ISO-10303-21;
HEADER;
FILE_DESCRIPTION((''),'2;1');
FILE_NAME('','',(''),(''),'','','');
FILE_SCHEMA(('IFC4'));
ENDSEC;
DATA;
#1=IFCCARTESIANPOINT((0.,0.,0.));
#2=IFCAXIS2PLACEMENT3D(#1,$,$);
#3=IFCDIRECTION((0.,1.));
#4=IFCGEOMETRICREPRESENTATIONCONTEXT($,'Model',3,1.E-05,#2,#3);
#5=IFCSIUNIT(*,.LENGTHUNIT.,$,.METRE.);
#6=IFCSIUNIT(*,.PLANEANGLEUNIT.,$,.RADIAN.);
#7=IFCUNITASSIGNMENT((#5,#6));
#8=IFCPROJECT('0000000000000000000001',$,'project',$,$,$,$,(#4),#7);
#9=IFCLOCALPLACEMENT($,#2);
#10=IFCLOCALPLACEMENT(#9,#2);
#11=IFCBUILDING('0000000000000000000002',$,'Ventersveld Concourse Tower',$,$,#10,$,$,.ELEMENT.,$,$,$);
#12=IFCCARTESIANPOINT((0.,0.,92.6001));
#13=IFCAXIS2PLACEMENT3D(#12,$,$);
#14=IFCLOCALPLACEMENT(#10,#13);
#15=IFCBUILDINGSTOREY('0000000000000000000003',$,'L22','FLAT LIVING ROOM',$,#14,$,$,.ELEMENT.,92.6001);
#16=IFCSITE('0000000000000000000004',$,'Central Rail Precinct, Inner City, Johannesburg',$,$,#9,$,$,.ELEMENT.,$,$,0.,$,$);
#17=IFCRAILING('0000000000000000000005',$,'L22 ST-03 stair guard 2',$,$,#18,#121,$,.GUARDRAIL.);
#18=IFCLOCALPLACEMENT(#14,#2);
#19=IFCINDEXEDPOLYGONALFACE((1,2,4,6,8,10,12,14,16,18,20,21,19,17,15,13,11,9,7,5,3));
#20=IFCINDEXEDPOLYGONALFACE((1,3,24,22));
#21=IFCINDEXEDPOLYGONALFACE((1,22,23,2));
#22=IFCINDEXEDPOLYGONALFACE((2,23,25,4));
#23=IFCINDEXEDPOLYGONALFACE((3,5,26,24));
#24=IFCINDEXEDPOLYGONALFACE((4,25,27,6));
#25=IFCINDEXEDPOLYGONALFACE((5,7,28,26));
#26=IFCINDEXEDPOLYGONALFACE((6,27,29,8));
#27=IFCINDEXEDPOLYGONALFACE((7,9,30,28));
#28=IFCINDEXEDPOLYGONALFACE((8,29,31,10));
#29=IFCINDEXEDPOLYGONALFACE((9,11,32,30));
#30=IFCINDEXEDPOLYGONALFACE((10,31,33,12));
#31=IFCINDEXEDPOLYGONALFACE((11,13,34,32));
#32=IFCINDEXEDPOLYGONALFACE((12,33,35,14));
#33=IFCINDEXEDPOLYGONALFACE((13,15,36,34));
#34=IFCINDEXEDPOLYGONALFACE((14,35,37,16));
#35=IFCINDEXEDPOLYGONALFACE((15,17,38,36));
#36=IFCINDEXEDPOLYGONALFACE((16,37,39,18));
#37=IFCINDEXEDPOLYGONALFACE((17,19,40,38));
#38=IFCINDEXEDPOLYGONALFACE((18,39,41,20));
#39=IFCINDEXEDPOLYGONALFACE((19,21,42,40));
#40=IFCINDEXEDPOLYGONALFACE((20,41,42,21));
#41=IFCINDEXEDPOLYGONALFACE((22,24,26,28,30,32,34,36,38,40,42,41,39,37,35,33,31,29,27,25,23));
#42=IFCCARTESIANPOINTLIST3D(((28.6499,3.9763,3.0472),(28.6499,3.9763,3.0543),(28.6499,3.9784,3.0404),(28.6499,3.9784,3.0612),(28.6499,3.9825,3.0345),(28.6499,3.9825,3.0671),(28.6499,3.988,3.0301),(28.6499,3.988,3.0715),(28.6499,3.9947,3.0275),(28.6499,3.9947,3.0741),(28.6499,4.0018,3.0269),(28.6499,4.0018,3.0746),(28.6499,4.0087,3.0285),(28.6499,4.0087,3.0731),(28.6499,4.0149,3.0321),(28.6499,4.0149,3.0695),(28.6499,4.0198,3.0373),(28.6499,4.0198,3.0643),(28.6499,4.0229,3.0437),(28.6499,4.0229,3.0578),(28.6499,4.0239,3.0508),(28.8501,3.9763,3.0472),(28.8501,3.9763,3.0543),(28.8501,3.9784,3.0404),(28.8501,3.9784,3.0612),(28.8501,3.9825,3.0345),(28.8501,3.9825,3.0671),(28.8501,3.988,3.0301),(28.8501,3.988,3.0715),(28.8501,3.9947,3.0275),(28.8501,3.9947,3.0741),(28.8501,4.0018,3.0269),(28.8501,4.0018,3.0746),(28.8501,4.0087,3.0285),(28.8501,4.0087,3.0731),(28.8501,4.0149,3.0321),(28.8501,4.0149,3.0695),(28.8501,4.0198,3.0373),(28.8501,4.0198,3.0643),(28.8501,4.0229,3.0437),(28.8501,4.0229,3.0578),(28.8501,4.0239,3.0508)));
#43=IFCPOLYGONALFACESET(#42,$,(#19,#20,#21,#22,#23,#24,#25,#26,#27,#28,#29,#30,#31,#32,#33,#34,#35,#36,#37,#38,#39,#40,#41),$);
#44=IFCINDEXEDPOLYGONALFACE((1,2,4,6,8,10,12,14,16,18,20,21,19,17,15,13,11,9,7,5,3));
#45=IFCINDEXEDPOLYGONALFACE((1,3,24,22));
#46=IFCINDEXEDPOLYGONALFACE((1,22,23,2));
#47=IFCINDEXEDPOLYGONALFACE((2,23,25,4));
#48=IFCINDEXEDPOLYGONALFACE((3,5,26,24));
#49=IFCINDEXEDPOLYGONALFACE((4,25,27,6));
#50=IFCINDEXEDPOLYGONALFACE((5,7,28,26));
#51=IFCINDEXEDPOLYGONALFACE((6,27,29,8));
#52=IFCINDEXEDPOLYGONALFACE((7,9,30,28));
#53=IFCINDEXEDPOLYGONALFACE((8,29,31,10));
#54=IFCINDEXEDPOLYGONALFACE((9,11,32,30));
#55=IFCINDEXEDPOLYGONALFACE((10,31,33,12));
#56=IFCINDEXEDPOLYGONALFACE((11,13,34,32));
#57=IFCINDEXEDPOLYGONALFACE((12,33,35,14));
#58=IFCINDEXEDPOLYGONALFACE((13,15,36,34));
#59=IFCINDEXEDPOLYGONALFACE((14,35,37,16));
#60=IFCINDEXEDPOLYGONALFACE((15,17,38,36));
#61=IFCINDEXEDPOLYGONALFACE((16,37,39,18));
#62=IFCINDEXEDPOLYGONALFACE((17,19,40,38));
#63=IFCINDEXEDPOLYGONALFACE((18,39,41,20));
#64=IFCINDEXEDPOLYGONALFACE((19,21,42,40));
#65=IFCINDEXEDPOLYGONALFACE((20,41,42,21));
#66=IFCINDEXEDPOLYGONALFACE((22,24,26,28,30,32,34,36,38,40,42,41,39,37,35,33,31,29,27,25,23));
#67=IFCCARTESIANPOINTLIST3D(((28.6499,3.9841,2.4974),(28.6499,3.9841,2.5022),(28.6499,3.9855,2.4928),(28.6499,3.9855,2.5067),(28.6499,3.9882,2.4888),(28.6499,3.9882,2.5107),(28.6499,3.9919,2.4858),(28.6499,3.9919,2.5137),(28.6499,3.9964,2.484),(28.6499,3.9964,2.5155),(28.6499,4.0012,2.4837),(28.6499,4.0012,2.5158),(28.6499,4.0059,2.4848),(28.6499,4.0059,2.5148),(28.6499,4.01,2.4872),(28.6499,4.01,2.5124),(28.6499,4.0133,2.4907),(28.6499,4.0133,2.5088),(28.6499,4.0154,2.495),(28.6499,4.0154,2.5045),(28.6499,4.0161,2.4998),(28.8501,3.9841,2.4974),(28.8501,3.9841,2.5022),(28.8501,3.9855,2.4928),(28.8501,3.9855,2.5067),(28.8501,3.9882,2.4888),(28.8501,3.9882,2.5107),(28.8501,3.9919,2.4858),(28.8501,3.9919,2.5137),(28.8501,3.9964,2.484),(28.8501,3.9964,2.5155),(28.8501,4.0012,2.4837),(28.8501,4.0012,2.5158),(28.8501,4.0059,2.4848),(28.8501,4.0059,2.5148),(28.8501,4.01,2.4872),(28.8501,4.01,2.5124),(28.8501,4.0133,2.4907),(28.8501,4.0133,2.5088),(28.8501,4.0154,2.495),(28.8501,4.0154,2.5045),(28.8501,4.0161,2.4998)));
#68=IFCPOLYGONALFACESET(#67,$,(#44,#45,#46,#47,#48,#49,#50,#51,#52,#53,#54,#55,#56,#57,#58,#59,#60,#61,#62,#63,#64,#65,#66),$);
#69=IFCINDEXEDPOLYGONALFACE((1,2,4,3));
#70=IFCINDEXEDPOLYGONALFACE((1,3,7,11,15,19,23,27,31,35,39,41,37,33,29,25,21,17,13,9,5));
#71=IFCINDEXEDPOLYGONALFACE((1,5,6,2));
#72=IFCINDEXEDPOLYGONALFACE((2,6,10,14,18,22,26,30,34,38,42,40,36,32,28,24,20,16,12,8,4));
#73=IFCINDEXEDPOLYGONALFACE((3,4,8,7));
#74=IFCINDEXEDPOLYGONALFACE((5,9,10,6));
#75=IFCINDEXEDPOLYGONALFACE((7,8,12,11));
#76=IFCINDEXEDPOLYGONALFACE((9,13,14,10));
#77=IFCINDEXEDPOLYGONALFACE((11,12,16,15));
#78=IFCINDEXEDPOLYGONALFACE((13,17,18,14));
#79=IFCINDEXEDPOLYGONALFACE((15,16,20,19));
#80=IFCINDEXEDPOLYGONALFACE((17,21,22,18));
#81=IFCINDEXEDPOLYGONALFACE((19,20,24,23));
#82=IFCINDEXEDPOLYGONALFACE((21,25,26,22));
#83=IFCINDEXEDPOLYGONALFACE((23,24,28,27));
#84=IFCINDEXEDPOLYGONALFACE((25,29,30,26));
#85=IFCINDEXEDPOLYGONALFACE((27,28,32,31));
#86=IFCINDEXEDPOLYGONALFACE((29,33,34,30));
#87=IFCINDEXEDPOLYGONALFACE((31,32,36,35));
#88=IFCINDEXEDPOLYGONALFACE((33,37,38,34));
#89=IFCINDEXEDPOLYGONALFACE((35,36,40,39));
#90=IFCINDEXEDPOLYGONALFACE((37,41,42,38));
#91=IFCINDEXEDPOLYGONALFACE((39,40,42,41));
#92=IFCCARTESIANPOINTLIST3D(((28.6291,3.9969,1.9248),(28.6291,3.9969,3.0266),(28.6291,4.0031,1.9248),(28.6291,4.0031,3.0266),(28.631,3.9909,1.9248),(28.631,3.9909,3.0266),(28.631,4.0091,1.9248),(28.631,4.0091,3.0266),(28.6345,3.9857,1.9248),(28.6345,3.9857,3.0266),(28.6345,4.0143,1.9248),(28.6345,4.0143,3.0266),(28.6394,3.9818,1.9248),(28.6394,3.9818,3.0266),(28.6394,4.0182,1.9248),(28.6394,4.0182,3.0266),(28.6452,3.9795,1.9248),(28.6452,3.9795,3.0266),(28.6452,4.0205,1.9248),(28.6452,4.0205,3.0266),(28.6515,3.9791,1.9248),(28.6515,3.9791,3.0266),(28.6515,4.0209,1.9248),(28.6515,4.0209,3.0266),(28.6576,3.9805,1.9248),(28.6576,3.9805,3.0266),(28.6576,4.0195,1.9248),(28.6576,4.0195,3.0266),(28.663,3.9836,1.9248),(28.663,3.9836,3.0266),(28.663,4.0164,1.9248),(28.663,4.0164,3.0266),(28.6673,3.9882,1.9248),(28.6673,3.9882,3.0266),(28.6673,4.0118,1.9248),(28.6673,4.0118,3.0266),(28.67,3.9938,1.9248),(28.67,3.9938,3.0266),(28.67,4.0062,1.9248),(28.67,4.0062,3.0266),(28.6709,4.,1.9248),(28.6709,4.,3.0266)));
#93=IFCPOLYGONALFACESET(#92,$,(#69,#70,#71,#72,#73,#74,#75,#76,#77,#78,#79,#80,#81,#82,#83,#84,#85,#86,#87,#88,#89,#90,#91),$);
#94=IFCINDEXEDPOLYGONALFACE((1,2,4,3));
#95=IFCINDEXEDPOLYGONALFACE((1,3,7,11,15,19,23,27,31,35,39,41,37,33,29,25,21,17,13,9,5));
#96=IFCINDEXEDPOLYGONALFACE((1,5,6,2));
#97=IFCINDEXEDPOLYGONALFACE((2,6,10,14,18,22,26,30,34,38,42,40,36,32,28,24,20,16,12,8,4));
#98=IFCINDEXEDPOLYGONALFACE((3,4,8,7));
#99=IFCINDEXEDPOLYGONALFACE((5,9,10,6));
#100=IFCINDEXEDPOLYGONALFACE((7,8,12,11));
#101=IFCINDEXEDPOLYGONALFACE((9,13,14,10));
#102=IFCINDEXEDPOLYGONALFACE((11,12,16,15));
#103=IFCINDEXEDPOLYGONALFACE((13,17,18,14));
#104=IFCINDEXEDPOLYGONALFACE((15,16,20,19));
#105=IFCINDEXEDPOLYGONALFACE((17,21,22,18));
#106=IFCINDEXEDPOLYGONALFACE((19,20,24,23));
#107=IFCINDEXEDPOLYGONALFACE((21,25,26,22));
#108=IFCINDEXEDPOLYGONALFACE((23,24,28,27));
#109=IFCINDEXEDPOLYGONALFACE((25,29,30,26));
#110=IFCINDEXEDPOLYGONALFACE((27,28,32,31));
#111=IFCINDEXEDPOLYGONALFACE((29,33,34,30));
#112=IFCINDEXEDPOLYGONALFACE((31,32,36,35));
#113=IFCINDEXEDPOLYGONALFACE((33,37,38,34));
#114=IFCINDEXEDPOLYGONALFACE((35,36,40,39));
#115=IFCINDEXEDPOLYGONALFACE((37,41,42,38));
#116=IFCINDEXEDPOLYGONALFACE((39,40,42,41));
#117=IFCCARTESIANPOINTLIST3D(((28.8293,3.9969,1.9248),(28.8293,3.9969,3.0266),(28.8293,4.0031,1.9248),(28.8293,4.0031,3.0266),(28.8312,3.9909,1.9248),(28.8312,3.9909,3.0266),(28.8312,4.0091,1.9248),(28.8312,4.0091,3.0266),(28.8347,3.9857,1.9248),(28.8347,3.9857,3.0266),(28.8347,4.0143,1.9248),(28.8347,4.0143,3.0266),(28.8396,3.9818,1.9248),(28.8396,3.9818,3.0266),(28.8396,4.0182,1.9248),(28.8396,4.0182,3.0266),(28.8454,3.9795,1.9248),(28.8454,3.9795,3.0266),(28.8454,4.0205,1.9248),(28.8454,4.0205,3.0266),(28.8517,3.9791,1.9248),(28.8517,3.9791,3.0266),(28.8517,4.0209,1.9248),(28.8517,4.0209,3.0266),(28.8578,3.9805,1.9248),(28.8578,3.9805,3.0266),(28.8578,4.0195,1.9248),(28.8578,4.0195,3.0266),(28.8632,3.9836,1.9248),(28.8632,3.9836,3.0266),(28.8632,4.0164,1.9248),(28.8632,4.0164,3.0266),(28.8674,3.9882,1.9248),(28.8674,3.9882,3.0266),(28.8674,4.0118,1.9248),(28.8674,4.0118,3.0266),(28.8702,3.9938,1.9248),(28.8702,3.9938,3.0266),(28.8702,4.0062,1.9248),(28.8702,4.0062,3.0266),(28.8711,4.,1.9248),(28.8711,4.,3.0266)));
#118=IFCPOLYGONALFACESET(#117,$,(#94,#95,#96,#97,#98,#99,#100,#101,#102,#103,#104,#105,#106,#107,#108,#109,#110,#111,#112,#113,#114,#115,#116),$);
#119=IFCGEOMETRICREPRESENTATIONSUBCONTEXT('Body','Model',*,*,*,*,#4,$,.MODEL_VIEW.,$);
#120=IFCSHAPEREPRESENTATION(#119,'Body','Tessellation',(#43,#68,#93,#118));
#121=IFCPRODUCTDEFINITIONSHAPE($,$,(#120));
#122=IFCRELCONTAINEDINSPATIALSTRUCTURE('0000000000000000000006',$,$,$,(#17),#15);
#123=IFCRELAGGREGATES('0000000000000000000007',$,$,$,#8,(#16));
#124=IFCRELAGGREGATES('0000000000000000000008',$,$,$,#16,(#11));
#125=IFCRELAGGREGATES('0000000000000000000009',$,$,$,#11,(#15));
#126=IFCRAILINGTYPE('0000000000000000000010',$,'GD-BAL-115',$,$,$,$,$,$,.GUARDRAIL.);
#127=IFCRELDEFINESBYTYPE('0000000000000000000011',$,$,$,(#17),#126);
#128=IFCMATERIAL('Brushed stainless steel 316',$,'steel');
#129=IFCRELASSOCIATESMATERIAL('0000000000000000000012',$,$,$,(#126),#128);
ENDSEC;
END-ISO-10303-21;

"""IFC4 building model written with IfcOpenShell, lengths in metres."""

from ifc_helpers import new_model, si_unit, direction, frame, origin, origin_2d, place, context, subcontext, project, spatial, circle, extrude, material, type_object, element, save


model = new_model("IFC4")

# Units and contexts
model_context = context("Model", 3, precision=1e-05, world=origin(), true_north=direction((0.0, 1.0)))
body_context = subcontext(model_context, "Body", "Model", "MODEL_VIEW")
ifc_project = project(units=[si_unit("LENGTHUNIT", "METRE"), si_unit("PLANEANGLEUNIT", "RADIAN")], contexts=[model_context])

# Site, building, storey
site_placement = place(None, origin())
site = spatial("IfcSite", under=ifc_project, at=site_placement, Name="Central Rail Precinct, Inner City, Johannesburg", CompositionType="ELEMENT", RefElevation=0.0)
building_placement = place(site_placement, origin())
building = spatial("IfcBuilding", under=site, at=building_placement, Name="Ventersveld Concourse Tower", CompositionType="ELEMENT")
storey_placement = place(building_placement, frame((0.0, 0.0, 92.6001)))
storey = spatial("IfcBuildingStorey", under=building, at=storey_placement, Name="L22", Description="FLAT LIVING ROOM", CompositionType="ELEMENT", Elevation=92.6001)

# Railing
ifc_material_1 = material(Name="Brushed stainless steel 316", Category="steel")
railing_type_1 = type_object("IfcRailingType", Name="GD-BAL-115", PredefinedType="GUARDRAIL", material=ifc_material_1)
railing_1_placement = place(storey_placement, frame((28.6499, 4.0, 1.9248)))
element("IfcRailing", 1, at=railing_1_placement, inside=storey, type_object=railing_type_1, Name="L22 ST-03 stair guard 2", PredefinedType="GUARDRAIL", context=body_context, shape_type="SweptSolid", body=[
    extrude(circle(Radius=0.0239, at=origin_2d()), frame((0.0, 0.0, 1.126), z_axis=(1.0, 0.0, 0.0), x_axis=(0.0, 1.0, 0.0)), (0.0, 0.0, 1.0), 0.2002),
    extrude(circle(Radius=0.0161, at=origin_2d()), frame((0.0, 0.0, 0.575), z_axis=(1.0, 0.0, 0.0), x_axis=(0.0, 1.0, 0.0)), (0.0, 0.0, 1.0), 0.2002),
    extrude(circle(Radius=0.021, at=origin_2d()), origin(), (0.0, 0.0, 1.0), 1.1018),
    extrude(circle(Radius=0.021, at=origin_2d()), frame((0.2002, 0.0, 0.0)), (0.0, 0.0, 1.0), 1.1018),
])

save(model, "model.ifc")
